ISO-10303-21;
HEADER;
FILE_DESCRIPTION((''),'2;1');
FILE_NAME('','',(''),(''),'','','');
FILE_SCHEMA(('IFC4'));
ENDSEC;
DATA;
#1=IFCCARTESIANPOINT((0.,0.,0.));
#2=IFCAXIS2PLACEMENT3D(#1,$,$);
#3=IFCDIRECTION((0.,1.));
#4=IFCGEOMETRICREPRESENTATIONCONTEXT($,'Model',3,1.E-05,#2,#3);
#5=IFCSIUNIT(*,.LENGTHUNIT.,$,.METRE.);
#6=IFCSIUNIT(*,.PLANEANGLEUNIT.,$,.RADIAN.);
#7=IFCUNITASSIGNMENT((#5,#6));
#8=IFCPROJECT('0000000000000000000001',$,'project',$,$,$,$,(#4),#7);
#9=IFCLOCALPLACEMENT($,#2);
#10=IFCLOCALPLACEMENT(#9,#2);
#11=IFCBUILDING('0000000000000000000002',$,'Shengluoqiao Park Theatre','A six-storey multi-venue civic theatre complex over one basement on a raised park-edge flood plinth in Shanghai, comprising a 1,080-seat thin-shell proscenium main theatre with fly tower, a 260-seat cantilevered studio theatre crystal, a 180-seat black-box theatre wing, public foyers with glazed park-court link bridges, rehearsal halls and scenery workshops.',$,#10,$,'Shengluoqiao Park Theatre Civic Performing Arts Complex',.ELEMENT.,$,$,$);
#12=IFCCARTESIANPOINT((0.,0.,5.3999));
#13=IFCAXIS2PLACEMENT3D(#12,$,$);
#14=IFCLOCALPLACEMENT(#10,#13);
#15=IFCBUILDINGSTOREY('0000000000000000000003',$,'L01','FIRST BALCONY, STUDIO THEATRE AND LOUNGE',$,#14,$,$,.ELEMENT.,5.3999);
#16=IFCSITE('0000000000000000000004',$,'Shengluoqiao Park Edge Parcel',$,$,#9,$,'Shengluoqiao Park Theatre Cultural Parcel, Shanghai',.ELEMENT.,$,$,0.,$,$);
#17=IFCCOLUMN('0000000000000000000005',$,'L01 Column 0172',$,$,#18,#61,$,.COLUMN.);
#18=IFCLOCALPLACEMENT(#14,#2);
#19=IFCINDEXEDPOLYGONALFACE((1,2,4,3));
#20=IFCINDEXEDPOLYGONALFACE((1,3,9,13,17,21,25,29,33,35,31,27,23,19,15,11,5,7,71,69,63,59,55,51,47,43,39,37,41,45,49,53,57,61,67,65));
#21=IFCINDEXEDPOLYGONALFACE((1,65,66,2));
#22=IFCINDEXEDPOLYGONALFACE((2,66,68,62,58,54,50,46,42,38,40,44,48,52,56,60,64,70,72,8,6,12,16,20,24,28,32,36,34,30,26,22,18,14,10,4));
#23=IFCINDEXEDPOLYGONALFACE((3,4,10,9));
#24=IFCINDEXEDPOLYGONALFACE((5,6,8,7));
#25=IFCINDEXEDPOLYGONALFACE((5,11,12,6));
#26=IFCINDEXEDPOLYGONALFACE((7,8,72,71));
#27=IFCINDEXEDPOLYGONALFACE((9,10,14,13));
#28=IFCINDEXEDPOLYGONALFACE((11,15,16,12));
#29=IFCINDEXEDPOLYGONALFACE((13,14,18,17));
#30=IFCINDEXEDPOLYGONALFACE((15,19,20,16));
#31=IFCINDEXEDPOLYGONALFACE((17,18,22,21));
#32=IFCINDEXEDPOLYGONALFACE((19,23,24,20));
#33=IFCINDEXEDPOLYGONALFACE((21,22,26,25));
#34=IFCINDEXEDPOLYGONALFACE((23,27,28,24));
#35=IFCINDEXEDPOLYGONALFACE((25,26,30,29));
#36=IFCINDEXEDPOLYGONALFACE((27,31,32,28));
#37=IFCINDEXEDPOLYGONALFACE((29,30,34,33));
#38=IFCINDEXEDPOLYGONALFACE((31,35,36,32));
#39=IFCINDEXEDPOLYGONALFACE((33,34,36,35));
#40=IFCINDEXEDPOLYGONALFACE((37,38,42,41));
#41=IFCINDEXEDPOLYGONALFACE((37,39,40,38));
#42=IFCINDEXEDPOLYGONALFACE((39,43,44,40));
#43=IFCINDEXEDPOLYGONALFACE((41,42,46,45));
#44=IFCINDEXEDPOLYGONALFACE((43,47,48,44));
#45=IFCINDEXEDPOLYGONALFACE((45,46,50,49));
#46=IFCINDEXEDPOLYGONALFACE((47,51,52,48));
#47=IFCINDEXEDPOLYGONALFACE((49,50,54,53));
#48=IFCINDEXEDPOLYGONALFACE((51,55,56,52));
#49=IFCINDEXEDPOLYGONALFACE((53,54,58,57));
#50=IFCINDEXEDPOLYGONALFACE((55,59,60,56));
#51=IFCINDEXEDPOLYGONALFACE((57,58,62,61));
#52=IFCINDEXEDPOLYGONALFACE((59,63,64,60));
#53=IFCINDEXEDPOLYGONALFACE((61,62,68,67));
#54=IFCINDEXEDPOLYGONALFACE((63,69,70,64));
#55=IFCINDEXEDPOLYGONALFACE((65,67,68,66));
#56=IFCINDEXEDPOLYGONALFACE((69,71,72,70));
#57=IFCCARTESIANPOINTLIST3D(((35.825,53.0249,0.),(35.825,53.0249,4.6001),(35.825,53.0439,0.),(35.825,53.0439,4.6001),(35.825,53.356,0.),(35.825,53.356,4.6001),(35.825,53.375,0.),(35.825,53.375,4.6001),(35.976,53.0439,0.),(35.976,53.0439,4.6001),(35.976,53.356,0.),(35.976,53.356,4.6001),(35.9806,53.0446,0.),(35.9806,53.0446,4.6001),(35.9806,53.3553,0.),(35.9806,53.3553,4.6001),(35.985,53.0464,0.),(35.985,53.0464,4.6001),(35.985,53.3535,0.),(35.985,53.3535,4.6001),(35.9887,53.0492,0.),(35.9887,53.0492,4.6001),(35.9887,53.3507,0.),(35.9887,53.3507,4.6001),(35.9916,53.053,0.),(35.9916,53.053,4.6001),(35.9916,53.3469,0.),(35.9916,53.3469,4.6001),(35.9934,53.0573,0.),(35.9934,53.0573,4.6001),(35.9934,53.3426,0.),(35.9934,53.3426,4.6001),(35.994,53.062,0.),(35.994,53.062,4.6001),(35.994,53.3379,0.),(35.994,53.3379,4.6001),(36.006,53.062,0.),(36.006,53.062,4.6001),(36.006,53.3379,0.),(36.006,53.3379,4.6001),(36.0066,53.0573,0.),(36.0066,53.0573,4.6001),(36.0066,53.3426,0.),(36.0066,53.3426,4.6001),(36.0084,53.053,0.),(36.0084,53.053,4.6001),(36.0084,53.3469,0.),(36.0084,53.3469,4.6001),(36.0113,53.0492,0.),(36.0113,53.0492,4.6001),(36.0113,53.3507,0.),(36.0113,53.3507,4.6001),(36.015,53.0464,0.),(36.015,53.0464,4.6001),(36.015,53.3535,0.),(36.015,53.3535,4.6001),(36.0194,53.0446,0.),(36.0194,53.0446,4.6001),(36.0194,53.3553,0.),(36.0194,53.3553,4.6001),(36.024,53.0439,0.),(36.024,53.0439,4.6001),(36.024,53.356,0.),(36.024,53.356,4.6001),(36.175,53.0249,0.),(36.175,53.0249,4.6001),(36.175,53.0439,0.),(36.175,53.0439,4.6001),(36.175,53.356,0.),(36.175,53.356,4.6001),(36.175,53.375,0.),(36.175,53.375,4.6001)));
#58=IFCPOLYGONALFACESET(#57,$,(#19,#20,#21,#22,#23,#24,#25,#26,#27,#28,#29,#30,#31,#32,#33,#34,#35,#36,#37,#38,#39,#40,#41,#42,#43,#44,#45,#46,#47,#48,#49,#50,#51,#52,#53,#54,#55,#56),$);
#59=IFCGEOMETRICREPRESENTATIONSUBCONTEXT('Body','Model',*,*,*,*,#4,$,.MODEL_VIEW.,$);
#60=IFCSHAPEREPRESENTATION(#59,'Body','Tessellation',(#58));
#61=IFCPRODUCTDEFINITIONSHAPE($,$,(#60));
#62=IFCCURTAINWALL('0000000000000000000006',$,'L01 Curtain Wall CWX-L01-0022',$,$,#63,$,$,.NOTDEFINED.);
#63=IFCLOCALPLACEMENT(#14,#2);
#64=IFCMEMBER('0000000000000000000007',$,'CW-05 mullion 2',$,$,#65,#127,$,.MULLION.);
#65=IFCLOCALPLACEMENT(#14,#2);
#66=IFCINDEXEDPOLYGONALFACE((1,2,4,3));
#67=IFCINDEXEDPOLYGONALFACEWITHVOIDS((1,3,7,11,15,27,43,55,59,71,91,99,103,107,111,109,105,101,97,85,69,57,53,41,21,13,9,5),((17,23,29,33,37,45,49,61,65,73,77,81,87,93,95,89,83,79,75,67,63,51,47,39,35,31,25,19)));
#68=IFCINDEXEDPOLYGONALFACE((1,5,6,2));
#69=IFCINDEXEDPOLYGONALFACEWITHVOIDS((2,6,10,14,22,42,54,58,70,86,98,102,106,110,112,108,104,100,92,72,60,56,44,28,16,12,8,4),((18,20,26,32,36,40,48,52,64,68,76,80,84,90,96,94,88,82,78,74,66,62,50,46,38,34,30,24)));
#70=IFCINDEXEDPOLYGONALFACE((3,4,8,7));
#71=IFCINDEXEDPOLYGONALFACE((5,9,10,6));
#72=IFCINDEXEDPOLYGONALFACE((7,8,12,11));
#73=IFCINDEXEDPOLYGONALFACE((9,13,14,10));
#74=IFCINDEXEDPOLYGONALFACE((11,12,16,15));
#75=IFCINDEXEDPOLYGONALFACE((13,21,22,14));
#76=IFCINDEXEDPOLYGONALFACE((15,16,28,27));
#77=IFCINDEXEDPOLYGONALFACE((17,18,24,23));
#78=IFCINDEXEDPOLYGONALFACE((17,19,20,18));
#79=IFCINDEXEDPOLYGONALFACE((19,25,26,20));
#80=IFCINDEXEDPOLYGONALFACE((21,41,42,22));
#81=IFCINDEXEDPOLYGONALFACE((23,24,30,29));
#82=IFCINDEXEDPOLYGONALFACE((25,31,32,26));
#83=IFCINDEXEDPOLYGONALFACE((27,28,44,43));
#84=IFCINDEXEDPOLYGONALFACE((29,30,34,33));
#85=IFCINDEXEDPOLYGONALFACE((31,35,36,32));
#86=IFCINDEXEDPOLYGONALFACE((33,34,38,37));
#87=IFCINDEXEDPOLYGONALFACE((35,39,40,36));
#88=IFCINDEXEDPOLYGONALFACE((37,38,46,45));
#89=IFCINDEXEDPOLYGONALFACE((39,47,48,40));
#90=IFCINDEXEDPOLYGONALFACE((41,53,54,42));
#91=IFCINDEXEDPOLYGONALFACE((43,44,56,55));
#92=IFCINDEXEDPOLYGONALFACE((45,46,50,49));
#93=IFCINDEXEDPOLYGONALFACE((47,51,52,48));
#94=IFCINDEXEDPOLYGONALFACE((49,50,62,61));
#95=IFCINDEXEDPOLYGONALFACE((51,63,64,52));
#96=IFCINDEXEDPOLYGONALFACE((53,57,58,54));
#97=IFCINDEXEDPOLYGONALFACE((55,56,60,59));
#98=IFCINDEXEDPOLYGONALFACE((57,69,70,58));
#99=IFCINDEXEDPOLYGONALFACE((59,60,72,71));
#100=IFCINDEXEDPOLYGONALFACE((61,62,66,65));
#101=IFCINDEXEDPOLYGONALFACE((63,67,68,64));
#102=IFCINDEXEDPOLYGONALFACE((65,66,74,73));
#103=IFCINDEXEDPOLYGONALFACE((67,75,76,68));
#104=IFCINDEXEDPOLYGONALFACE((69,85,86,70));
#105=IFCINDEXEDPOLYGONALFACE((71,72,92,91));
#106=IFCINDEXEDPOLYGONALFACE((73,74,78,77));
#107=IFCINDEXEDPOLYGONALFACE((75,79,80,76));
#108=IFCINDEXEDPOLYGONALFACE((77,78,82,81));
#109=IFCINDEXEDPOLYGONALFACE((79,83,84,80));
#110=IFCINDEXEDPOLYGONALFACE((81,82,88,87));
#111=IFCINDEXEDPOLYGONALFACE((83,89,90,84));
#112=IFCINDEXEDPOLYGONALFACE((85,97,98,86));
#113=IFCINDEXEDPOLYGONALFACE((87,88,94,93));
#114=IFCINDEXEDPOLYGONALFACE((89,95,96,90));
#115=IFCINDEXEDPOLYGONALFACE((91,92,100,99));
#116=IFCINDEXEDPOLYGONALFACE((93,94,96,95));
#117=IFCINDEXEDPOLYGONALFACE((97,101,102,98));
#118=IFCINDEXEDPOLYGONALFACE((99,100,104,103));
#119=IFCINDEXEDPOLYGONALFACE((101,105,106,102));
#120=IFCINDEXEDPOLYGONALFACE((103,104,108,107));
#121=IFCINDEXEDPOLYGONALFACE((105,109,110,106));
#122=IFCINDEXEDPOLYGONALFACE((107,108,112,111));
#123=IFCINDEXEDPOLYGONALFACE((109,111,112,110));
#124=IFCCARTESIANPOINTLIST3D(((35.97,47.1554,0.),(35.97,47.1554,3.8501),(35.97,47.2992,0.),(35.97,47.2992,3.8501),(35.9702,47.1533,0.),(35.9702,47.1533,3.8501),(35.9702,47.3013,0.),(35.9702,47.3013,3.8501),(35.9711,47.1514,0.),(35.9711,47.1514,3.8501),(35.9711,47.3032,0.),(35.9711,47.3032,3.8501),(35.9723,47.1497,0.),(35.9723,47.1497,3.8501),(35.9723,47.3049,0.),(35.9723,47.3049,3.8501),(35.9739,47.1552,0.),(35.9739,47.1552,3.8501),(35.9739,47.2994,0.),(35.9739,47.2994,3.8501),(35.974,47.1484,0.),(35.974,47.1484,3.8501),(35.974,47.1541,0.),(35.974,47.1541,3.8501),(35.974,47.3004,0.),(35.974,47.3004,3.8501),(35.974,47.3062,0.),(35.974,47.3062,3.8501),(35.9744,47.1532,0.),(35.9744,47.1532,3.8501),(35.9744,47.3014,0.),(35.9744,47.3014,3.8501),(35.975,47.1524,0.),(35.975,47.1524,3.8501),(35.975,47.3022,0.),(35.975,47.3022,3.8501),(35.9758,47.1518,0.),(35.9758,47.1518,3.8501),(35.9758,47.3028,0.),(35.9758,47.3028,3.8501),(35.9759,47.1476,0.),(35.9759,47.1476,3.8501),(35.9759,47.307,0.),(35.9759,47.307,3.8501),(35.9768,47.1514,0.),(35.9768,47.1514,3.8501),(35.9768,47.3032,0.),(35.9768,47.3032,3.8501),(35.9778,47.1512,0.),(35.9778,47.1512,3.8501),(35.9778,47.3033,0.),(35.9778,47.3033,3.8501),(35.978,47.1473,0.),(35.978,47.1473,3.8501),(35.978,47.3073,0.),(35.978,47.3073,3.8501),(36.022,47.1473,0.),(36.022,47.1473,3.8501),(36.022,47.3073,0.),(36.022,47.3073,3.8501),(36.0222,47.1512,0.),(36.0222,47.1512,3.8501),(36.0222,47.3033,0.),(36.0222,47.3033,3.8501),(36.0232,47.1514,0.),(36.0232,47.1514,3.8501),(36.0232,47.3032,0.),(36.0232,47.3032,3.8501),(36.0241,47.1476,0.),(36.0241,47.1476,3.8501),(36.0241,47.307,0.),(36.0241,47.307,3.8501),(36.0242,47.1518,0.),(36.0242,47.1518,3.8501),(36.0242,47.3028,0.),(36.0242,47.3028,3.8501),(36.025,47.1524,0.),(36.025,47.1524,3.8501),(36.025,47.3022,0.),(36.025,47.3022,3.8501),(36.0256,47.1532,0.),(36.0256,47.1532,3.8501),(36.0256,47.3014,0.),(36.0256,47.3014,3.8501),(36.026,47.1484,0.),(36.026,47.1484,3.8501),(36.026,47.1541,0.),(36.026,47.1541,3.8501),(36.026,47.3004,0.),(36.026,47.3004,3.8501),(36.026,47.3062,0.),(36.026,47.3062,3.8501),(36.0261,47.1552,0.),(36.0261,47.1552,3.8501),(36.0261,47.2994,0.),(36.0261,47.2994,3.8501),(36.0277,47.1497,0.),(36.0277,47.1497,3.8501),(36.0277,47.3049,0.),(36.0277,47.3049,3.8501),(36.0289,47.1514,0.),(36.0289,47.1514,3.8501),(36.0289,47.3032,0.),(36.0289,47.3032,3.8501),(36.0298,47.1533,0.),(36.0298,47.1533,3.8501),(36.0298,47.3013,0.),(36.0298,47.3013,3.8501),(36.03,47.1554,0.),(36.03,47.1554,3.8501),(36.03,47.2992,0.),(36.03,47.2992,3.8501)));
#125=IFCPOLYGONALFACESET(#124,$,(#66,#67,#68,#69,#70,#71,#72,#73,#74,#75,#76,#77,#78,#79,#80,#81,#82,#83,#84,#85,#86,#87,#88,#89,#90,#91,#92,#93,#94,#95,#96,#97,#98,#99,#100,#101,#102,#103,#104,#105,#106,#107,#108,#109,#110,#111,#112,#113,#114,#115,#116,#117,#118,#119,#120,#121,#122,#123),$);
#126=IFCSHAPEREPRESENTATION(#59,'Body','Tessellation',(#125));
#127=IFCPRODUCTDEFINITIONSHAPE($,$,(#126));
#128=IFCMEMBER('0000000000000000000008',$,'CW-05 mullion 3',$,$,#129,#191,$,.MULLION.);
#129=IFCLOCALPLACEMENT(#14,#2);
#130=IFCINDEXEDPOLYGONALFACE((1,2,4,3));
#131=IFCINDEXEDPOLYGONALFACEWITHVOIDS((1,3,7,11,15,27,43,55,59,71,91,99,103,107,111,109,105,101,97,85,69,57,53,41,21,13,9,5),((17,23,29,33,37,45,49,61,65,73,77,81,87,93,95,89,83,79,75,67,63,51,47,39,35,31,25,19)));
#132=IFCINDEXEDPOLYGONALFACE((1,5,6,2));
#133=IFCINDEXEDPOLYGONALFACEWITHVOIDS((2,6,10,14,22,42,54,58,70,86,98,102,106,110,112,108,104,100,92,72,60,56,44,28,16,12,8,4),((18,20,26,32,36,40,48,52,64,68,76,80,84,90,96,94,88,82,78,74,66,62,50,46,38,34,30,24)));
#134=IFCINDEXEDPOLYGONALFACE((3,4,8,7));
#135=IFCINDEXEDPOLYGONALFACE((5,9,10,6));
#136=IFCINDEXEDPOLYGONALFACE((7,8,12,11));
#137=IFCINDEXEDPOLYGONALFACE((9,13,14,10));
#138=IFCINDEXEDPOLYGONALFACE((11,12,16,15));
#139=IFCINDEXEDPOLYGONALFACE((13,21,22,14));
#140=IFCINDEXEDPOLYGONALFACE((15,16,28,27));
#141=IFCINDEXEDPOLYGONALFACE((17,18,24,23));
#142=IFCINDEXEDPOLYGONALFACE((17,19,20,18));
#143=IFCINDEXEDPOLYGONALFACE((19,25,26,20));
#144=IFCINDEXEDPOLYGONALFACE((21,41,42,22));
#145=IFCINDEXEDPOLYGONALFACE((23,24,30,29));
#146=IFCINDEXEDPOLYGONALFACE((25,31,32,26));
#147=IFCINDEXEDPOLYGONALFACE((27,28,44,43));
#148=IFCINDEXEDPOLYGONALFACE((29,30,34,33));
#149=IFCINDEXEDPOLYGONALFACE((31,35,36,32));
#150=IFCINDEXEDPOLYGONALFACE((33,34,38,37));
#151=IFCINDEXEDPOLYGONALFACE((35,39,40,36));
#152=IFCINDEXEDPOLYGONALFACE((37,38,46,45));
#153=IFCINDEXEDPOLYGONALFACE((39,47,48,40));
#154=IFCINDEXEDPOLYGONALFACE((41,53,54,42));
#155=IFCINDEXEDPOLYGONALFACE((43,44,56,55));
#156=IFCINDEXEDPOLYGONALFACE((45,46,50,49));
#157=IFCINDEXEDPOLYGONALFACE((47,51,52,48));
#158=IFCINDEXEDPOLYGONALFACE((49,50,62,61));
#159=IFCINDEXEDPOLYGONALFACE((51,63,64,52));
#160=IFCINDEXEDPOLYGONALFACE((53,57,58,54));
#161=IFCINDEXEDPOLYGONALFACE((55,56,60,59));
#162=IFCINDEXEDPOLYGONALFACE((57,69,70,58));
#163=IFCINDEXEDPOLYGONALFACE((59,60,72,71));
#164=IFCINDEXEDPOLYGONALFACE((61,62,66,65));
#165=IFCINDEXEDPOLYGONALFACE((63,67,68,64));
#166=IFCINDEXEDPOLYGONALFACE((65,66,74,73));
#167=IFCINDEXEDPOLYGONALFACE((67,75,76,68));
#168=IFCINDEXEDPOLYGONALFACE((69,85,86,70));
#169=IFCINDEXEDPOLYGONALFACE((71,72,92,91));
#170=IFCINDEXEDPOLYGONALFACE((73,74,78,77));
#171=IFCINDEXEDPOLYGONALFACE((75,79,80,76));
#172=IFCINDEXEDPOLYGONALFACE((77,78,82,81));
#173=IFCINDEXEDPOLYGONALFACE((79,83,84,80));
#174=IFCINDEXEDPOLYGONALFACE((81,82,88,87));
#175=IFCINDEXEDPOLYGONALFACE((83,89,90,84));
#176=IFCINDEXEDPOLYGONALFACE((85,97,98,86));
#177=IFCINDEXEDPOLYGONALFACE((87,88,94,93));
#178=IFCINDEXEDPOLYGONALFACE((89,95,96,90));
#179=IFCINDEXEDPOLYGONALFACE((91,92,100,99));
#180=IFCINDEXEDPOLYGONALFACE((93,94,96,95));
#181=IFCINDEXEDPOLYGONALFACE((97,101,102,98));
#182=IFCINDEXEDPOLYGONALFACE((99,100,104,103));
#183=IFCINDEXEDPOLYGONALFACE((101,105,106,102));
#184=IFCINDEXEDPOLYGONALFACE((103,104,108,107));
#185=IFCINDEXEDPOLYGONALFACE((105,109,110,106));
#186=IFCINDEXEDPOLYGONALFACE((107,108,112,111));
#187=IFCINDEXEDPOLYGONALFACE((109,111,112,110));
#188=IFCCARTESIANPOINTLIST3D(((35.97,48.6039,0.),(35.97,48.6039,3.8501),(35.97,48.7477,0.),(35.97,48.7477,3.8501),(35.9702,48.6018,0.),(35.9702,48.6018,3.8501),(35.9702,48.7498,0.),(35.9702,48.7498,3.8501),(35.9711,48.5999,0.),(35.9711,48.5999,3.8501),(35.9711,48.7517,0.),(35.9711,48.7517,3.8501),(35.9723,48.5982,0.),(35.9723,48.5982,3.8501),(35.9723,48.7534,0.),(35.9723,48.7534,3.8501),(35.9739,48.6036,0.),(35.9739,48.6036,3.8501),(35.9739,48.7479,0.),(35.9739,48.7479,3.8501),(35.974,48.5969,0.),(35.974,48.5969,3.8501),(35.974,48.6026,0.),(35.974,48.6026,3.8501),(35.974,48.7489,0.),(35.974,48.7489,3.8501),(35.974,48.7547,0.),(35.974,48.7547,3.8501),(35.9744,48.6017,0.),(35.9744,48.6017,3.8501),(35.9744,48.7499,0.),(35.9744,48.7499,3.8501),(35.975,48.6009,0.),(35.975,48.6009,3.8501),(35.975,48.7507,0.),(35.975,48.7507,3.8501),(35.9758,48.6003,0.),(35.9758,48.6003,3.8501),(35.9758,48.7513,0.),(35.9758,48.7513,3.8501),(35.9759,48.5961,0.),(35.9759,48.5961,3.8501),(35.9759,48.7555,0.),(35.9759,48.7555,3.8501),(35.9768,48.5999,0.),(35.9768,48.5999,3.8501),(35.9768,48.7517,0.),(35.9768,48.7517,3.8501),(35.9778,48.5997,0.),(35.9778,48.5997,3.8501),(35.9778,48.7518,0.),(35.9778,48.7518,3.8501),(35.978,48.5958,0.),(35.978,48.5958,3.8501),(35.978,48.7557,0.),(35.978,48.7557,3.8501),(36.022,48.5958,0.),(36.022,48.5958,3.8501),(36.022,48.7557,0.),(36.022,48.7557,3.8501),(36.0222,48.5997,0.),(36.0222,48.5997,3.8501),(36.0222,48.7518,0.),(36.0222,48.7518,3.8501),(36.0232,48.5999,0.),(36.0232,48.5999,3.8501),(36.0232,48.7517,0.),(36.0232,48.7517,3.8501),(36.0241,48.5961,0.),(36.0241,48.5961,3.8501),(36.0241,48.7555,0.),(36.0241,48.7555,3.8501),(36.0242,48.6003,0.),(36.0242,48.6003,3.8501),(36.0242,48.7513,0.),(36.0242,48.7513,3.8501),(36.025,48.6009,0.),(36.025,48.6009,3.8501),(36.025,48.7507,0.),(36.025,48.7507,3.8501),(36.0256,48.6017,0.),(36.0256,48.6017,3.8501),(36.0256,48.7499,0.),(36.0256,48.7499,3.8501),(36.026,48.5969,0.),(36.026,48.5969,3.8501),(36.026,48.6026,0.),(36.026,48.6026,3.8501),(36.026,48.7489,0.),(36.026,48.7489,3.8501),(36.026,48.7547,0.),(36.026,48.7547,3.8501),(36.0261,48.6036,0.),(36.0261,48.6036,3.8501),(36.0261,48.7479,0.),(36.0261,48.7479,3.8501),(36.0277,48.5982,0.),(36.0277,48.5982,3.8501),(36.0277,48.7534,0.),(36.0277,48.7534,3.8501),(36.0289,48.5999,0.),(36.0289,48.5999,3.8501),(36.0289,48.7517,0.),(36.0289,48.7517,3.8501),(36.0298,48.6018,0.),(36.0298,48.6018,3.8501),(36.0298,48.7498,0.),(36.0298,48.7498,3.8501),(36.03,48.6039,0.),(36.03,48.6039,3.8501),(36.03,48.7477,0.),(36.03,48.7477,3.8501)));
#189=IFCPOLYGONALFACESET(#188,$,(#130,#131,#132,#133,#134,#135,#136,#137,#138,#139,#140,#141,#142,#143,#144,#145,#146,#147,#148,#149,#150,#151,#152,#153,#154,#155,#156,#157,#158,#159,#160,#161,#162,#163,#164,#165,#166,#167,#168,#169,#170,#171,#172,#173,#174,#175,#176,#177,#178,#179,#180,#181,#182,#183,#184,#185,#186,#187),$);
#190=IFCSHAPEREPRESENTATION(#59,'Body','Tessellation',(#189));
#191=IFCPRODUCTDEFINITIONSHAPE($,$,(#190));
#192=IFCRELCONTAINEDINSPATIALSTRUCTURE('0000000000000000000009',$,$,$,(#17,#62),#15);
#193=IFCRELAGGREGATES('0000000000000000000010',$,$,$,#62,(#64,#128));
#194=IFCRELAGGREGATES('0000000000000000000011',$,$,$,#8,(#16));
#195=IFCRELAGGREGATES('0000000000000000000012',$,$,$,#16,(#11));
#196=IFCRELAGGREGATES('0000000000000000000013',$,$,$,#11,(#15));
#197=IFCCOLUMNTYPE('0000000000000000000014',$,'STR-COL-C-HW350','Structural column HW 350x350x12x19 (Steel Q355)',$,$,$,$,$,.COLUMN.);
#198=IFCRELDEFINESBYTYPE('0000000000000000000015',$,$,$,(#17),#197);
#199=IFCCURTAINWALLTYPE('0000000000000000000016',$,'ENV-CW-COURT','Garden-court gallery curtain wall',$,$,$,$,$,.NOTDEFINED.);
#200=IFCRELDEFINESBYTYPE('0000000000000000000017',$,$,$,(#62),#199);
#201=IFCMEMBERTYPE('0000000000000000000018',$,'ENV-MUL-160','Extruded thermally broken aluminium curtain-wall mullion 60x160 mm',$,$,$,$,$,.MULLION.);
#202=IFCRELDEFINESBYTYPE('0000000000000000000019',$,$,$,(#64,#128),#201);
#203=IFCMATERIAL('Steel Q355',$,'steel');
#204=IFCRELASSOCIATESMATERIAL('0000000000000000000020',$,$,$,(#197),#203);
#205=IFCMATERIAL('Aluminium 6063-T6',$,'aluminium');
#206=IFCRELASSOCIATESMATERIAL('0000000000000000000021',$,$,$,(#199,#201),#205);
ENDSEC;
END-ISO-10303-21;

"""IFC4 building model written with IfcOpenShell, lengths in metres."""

from ifc_helpers import new_model, si_unit, direction, frame, origin, origin_2d, place, context, subcontext, project, spatial, hollow_rectangle, i_section, extrude, material, material_profile, profile_set, type_object, element, aggregate, save


model = new_model("IFC4")

# Units and contexts
model_context = context("Model", 3, precision=1e-05, world=origin(), true_north=direction((0.0, 1.0)))
body_context = subcontext(model_context, "Body", "Model", "MODEL_VIEW")
ifc_project = project(units=[si_unit("LENGTHUNIT", "METRE"), si_unit("PLANEANGLEUNIT", "RADIAN")], contexts=[model_context])

# Site, building, storey
site_placement = place(None, origin())
site = spatial("IfcSite", under=ifc_project, at=site_placement, Name="Shengluoqiao Park Edge Parcel", LongName="Shengluoqiao Park Theatre Cultural Parcel, Shanghai", CompositionType="ELEMENT", RefElevation=0.0)
building_placement = place(site_placement, origin())
building = spatial("IfcBuilding", under=site, at=building_placement, Name="Shengluoqiao Park Theatre", Description="A six-storey multi-venue civic theatre complex over one basement on a raised park-edge flood plinth in Shanghai, comprising a 1,080-seat thin-shell proscenium main theatre with fly tower, a 260-seat cantilevered studio theatre crystal, a 180-seat black-box theatre wing, public foyers with glazed park-court link bridges, rehearsal halls and scenery workshops.", LongName="Shengluoqiao Park Theatre Civic Performing Arts Complex", CompositionType="ELEMENT")
storey_placement = place(building_placement, frame((0.0, 0.0, 5.3999)))
storey = spatial("IfcBuildingStorey", under=building, at=storey_placement, Name="L01", Description="FIRST BALCONY, STUDIO THEATRE AND LOUNGE", CompositionType="ELEMENT", Elevation=5.3999)

# Column
ifc_material_1 = material(Name="Steel Q355", Category="steel")
ifc_material_profile_1 = material_profile(ifc_material_1, i_section(OverallWidth=0.3501, OverallDepth=0.3501, WebThickness=0.012, FlangeThickness=0.019, FilletRadius=0.0181, at=origin_2d()), Name="HW 350x350x12x19")
ifc_profile_set_1 = profile_set([ifc_material_profile_1], Name="Steel Q355")
column_type = type_object("IfcColumnType", Name="STR-COL-C-HW350", Description="Structural column HW 350x350x12x19 (Steel Q355)", PredefinedType="COLUMN", material=ifc_profile_set_1)
column_placement = place(storey_placement, frame((36.0, 53.2, 0.0), z_axis=(0.0, 0.0, 1.0), x_axis=(1.0, 0.0, 0.0)))
element("IfcColumn", 1, at=column_placement, inside=storey, type_object=column_type, Name="L01 Column 0172", PredefinedType="COLUMN", context=body_context, shape_type="SweptSolid", body=[
    extrude(i_section(OverallWidth=0.3501, OverallDepth=0.3501, WebThickness=0.012, FlangeThickness=0.019, FilletRadius=0.0181, at=origin_2d()), origin(), (0.0, 0.0, 1.0), 4.6001),
])

# Curtain wall, members
ifc_material_2 = material(Name="Aluminium 6063-T6", Category="aluminium")
curtain_wall_type_1 = type_object("IfcCurtainWallType", Name="ENV-CW-COURT", Description="Garden-court gallery curtain wall", PredefinedType="NOTDEFINED", material=ifc_material_2)
curtain_wall_1_placement = place(storey_placement, origin())
curtain_wall_1 = element("IfcCurtainWall", 2, at=curtain_wall_1_placement, inside=storey, type_object=curtain_wall_type_1, Name="L01 Curtain Wall CWX-L01-0022", PredefinedType="NOTDEFINED")
ifc_material_profile_2 = material_profile(ifc_material_2, hollow_rectangle(XDim=0.0601, YDim=0.1599, WallThickness=0.0039, InnerFilletRadius=0.0039, OuterFilletRadius=0.0081, at=origin_2d()), Name="ALU MULLION 160x60x4")
ifc_profile_set_2 = profile_set([ifc_material_profile_2], Name="Aluminium 6063-T6")
member_type_1 = type_object("IfcMemberType", Name="ENV-MUL-160", Description="Extruded thermally broken aluminium curtain-wall mullion 60x160 mm", PredefinedType="MULLION", material=ifc_profile_set_2)
member_1_placement = place(storey_placement, frame((36.0, 47.2273, 0.0), z_axis=(0.0, 0.0, 1.0), x_axis=(-1.0, 0.0, 0.0)))
member_1 = element("IfcMember", 3, at=member_1_placement, type_object=member_type_1, Name="CW-05 mullion 2", PredefinedType="MULLION", context=body_context, shape_type="SweptSolid", body=[
    extrude(hollow_rectangle(XDim=0.0601, YDim=0.1599, WallThickness=0.0039, InnerFilletRadius=0.0039, OuterFilletRadius=0.0081, at=origin_2d()), origin(), (0.0, 0.0, 1.0), 3.8501),
])
member_2_placement = place(storey_placement, frame((36.0, 48.6758, 0.0), z_axis=(0.0, 0.0, 1.0), x_axis=(-1.0, 0.0, 0.0)))
member_2 = element("IfcMember", 4, at=member_2_placement, type_object=member_type_1, Name="CW-05 mullion 3", PredefinedType="MULLION", context=body_context, shape_type="SweptSolid", body=[
    extrude(hollow_rectangle(XDim=0.0601, YDim=0.1599, WallThickness=0.0039, InnerFilletRadius=0.0039, OuterFilletRadius=0.0081, at=origin_2d()), origin(), (0.0, 0.0, 1.0), 3.8501),
])

aggregate(curtain_wall_1, [member_1, member_2])

save(model, "model.ifc")
